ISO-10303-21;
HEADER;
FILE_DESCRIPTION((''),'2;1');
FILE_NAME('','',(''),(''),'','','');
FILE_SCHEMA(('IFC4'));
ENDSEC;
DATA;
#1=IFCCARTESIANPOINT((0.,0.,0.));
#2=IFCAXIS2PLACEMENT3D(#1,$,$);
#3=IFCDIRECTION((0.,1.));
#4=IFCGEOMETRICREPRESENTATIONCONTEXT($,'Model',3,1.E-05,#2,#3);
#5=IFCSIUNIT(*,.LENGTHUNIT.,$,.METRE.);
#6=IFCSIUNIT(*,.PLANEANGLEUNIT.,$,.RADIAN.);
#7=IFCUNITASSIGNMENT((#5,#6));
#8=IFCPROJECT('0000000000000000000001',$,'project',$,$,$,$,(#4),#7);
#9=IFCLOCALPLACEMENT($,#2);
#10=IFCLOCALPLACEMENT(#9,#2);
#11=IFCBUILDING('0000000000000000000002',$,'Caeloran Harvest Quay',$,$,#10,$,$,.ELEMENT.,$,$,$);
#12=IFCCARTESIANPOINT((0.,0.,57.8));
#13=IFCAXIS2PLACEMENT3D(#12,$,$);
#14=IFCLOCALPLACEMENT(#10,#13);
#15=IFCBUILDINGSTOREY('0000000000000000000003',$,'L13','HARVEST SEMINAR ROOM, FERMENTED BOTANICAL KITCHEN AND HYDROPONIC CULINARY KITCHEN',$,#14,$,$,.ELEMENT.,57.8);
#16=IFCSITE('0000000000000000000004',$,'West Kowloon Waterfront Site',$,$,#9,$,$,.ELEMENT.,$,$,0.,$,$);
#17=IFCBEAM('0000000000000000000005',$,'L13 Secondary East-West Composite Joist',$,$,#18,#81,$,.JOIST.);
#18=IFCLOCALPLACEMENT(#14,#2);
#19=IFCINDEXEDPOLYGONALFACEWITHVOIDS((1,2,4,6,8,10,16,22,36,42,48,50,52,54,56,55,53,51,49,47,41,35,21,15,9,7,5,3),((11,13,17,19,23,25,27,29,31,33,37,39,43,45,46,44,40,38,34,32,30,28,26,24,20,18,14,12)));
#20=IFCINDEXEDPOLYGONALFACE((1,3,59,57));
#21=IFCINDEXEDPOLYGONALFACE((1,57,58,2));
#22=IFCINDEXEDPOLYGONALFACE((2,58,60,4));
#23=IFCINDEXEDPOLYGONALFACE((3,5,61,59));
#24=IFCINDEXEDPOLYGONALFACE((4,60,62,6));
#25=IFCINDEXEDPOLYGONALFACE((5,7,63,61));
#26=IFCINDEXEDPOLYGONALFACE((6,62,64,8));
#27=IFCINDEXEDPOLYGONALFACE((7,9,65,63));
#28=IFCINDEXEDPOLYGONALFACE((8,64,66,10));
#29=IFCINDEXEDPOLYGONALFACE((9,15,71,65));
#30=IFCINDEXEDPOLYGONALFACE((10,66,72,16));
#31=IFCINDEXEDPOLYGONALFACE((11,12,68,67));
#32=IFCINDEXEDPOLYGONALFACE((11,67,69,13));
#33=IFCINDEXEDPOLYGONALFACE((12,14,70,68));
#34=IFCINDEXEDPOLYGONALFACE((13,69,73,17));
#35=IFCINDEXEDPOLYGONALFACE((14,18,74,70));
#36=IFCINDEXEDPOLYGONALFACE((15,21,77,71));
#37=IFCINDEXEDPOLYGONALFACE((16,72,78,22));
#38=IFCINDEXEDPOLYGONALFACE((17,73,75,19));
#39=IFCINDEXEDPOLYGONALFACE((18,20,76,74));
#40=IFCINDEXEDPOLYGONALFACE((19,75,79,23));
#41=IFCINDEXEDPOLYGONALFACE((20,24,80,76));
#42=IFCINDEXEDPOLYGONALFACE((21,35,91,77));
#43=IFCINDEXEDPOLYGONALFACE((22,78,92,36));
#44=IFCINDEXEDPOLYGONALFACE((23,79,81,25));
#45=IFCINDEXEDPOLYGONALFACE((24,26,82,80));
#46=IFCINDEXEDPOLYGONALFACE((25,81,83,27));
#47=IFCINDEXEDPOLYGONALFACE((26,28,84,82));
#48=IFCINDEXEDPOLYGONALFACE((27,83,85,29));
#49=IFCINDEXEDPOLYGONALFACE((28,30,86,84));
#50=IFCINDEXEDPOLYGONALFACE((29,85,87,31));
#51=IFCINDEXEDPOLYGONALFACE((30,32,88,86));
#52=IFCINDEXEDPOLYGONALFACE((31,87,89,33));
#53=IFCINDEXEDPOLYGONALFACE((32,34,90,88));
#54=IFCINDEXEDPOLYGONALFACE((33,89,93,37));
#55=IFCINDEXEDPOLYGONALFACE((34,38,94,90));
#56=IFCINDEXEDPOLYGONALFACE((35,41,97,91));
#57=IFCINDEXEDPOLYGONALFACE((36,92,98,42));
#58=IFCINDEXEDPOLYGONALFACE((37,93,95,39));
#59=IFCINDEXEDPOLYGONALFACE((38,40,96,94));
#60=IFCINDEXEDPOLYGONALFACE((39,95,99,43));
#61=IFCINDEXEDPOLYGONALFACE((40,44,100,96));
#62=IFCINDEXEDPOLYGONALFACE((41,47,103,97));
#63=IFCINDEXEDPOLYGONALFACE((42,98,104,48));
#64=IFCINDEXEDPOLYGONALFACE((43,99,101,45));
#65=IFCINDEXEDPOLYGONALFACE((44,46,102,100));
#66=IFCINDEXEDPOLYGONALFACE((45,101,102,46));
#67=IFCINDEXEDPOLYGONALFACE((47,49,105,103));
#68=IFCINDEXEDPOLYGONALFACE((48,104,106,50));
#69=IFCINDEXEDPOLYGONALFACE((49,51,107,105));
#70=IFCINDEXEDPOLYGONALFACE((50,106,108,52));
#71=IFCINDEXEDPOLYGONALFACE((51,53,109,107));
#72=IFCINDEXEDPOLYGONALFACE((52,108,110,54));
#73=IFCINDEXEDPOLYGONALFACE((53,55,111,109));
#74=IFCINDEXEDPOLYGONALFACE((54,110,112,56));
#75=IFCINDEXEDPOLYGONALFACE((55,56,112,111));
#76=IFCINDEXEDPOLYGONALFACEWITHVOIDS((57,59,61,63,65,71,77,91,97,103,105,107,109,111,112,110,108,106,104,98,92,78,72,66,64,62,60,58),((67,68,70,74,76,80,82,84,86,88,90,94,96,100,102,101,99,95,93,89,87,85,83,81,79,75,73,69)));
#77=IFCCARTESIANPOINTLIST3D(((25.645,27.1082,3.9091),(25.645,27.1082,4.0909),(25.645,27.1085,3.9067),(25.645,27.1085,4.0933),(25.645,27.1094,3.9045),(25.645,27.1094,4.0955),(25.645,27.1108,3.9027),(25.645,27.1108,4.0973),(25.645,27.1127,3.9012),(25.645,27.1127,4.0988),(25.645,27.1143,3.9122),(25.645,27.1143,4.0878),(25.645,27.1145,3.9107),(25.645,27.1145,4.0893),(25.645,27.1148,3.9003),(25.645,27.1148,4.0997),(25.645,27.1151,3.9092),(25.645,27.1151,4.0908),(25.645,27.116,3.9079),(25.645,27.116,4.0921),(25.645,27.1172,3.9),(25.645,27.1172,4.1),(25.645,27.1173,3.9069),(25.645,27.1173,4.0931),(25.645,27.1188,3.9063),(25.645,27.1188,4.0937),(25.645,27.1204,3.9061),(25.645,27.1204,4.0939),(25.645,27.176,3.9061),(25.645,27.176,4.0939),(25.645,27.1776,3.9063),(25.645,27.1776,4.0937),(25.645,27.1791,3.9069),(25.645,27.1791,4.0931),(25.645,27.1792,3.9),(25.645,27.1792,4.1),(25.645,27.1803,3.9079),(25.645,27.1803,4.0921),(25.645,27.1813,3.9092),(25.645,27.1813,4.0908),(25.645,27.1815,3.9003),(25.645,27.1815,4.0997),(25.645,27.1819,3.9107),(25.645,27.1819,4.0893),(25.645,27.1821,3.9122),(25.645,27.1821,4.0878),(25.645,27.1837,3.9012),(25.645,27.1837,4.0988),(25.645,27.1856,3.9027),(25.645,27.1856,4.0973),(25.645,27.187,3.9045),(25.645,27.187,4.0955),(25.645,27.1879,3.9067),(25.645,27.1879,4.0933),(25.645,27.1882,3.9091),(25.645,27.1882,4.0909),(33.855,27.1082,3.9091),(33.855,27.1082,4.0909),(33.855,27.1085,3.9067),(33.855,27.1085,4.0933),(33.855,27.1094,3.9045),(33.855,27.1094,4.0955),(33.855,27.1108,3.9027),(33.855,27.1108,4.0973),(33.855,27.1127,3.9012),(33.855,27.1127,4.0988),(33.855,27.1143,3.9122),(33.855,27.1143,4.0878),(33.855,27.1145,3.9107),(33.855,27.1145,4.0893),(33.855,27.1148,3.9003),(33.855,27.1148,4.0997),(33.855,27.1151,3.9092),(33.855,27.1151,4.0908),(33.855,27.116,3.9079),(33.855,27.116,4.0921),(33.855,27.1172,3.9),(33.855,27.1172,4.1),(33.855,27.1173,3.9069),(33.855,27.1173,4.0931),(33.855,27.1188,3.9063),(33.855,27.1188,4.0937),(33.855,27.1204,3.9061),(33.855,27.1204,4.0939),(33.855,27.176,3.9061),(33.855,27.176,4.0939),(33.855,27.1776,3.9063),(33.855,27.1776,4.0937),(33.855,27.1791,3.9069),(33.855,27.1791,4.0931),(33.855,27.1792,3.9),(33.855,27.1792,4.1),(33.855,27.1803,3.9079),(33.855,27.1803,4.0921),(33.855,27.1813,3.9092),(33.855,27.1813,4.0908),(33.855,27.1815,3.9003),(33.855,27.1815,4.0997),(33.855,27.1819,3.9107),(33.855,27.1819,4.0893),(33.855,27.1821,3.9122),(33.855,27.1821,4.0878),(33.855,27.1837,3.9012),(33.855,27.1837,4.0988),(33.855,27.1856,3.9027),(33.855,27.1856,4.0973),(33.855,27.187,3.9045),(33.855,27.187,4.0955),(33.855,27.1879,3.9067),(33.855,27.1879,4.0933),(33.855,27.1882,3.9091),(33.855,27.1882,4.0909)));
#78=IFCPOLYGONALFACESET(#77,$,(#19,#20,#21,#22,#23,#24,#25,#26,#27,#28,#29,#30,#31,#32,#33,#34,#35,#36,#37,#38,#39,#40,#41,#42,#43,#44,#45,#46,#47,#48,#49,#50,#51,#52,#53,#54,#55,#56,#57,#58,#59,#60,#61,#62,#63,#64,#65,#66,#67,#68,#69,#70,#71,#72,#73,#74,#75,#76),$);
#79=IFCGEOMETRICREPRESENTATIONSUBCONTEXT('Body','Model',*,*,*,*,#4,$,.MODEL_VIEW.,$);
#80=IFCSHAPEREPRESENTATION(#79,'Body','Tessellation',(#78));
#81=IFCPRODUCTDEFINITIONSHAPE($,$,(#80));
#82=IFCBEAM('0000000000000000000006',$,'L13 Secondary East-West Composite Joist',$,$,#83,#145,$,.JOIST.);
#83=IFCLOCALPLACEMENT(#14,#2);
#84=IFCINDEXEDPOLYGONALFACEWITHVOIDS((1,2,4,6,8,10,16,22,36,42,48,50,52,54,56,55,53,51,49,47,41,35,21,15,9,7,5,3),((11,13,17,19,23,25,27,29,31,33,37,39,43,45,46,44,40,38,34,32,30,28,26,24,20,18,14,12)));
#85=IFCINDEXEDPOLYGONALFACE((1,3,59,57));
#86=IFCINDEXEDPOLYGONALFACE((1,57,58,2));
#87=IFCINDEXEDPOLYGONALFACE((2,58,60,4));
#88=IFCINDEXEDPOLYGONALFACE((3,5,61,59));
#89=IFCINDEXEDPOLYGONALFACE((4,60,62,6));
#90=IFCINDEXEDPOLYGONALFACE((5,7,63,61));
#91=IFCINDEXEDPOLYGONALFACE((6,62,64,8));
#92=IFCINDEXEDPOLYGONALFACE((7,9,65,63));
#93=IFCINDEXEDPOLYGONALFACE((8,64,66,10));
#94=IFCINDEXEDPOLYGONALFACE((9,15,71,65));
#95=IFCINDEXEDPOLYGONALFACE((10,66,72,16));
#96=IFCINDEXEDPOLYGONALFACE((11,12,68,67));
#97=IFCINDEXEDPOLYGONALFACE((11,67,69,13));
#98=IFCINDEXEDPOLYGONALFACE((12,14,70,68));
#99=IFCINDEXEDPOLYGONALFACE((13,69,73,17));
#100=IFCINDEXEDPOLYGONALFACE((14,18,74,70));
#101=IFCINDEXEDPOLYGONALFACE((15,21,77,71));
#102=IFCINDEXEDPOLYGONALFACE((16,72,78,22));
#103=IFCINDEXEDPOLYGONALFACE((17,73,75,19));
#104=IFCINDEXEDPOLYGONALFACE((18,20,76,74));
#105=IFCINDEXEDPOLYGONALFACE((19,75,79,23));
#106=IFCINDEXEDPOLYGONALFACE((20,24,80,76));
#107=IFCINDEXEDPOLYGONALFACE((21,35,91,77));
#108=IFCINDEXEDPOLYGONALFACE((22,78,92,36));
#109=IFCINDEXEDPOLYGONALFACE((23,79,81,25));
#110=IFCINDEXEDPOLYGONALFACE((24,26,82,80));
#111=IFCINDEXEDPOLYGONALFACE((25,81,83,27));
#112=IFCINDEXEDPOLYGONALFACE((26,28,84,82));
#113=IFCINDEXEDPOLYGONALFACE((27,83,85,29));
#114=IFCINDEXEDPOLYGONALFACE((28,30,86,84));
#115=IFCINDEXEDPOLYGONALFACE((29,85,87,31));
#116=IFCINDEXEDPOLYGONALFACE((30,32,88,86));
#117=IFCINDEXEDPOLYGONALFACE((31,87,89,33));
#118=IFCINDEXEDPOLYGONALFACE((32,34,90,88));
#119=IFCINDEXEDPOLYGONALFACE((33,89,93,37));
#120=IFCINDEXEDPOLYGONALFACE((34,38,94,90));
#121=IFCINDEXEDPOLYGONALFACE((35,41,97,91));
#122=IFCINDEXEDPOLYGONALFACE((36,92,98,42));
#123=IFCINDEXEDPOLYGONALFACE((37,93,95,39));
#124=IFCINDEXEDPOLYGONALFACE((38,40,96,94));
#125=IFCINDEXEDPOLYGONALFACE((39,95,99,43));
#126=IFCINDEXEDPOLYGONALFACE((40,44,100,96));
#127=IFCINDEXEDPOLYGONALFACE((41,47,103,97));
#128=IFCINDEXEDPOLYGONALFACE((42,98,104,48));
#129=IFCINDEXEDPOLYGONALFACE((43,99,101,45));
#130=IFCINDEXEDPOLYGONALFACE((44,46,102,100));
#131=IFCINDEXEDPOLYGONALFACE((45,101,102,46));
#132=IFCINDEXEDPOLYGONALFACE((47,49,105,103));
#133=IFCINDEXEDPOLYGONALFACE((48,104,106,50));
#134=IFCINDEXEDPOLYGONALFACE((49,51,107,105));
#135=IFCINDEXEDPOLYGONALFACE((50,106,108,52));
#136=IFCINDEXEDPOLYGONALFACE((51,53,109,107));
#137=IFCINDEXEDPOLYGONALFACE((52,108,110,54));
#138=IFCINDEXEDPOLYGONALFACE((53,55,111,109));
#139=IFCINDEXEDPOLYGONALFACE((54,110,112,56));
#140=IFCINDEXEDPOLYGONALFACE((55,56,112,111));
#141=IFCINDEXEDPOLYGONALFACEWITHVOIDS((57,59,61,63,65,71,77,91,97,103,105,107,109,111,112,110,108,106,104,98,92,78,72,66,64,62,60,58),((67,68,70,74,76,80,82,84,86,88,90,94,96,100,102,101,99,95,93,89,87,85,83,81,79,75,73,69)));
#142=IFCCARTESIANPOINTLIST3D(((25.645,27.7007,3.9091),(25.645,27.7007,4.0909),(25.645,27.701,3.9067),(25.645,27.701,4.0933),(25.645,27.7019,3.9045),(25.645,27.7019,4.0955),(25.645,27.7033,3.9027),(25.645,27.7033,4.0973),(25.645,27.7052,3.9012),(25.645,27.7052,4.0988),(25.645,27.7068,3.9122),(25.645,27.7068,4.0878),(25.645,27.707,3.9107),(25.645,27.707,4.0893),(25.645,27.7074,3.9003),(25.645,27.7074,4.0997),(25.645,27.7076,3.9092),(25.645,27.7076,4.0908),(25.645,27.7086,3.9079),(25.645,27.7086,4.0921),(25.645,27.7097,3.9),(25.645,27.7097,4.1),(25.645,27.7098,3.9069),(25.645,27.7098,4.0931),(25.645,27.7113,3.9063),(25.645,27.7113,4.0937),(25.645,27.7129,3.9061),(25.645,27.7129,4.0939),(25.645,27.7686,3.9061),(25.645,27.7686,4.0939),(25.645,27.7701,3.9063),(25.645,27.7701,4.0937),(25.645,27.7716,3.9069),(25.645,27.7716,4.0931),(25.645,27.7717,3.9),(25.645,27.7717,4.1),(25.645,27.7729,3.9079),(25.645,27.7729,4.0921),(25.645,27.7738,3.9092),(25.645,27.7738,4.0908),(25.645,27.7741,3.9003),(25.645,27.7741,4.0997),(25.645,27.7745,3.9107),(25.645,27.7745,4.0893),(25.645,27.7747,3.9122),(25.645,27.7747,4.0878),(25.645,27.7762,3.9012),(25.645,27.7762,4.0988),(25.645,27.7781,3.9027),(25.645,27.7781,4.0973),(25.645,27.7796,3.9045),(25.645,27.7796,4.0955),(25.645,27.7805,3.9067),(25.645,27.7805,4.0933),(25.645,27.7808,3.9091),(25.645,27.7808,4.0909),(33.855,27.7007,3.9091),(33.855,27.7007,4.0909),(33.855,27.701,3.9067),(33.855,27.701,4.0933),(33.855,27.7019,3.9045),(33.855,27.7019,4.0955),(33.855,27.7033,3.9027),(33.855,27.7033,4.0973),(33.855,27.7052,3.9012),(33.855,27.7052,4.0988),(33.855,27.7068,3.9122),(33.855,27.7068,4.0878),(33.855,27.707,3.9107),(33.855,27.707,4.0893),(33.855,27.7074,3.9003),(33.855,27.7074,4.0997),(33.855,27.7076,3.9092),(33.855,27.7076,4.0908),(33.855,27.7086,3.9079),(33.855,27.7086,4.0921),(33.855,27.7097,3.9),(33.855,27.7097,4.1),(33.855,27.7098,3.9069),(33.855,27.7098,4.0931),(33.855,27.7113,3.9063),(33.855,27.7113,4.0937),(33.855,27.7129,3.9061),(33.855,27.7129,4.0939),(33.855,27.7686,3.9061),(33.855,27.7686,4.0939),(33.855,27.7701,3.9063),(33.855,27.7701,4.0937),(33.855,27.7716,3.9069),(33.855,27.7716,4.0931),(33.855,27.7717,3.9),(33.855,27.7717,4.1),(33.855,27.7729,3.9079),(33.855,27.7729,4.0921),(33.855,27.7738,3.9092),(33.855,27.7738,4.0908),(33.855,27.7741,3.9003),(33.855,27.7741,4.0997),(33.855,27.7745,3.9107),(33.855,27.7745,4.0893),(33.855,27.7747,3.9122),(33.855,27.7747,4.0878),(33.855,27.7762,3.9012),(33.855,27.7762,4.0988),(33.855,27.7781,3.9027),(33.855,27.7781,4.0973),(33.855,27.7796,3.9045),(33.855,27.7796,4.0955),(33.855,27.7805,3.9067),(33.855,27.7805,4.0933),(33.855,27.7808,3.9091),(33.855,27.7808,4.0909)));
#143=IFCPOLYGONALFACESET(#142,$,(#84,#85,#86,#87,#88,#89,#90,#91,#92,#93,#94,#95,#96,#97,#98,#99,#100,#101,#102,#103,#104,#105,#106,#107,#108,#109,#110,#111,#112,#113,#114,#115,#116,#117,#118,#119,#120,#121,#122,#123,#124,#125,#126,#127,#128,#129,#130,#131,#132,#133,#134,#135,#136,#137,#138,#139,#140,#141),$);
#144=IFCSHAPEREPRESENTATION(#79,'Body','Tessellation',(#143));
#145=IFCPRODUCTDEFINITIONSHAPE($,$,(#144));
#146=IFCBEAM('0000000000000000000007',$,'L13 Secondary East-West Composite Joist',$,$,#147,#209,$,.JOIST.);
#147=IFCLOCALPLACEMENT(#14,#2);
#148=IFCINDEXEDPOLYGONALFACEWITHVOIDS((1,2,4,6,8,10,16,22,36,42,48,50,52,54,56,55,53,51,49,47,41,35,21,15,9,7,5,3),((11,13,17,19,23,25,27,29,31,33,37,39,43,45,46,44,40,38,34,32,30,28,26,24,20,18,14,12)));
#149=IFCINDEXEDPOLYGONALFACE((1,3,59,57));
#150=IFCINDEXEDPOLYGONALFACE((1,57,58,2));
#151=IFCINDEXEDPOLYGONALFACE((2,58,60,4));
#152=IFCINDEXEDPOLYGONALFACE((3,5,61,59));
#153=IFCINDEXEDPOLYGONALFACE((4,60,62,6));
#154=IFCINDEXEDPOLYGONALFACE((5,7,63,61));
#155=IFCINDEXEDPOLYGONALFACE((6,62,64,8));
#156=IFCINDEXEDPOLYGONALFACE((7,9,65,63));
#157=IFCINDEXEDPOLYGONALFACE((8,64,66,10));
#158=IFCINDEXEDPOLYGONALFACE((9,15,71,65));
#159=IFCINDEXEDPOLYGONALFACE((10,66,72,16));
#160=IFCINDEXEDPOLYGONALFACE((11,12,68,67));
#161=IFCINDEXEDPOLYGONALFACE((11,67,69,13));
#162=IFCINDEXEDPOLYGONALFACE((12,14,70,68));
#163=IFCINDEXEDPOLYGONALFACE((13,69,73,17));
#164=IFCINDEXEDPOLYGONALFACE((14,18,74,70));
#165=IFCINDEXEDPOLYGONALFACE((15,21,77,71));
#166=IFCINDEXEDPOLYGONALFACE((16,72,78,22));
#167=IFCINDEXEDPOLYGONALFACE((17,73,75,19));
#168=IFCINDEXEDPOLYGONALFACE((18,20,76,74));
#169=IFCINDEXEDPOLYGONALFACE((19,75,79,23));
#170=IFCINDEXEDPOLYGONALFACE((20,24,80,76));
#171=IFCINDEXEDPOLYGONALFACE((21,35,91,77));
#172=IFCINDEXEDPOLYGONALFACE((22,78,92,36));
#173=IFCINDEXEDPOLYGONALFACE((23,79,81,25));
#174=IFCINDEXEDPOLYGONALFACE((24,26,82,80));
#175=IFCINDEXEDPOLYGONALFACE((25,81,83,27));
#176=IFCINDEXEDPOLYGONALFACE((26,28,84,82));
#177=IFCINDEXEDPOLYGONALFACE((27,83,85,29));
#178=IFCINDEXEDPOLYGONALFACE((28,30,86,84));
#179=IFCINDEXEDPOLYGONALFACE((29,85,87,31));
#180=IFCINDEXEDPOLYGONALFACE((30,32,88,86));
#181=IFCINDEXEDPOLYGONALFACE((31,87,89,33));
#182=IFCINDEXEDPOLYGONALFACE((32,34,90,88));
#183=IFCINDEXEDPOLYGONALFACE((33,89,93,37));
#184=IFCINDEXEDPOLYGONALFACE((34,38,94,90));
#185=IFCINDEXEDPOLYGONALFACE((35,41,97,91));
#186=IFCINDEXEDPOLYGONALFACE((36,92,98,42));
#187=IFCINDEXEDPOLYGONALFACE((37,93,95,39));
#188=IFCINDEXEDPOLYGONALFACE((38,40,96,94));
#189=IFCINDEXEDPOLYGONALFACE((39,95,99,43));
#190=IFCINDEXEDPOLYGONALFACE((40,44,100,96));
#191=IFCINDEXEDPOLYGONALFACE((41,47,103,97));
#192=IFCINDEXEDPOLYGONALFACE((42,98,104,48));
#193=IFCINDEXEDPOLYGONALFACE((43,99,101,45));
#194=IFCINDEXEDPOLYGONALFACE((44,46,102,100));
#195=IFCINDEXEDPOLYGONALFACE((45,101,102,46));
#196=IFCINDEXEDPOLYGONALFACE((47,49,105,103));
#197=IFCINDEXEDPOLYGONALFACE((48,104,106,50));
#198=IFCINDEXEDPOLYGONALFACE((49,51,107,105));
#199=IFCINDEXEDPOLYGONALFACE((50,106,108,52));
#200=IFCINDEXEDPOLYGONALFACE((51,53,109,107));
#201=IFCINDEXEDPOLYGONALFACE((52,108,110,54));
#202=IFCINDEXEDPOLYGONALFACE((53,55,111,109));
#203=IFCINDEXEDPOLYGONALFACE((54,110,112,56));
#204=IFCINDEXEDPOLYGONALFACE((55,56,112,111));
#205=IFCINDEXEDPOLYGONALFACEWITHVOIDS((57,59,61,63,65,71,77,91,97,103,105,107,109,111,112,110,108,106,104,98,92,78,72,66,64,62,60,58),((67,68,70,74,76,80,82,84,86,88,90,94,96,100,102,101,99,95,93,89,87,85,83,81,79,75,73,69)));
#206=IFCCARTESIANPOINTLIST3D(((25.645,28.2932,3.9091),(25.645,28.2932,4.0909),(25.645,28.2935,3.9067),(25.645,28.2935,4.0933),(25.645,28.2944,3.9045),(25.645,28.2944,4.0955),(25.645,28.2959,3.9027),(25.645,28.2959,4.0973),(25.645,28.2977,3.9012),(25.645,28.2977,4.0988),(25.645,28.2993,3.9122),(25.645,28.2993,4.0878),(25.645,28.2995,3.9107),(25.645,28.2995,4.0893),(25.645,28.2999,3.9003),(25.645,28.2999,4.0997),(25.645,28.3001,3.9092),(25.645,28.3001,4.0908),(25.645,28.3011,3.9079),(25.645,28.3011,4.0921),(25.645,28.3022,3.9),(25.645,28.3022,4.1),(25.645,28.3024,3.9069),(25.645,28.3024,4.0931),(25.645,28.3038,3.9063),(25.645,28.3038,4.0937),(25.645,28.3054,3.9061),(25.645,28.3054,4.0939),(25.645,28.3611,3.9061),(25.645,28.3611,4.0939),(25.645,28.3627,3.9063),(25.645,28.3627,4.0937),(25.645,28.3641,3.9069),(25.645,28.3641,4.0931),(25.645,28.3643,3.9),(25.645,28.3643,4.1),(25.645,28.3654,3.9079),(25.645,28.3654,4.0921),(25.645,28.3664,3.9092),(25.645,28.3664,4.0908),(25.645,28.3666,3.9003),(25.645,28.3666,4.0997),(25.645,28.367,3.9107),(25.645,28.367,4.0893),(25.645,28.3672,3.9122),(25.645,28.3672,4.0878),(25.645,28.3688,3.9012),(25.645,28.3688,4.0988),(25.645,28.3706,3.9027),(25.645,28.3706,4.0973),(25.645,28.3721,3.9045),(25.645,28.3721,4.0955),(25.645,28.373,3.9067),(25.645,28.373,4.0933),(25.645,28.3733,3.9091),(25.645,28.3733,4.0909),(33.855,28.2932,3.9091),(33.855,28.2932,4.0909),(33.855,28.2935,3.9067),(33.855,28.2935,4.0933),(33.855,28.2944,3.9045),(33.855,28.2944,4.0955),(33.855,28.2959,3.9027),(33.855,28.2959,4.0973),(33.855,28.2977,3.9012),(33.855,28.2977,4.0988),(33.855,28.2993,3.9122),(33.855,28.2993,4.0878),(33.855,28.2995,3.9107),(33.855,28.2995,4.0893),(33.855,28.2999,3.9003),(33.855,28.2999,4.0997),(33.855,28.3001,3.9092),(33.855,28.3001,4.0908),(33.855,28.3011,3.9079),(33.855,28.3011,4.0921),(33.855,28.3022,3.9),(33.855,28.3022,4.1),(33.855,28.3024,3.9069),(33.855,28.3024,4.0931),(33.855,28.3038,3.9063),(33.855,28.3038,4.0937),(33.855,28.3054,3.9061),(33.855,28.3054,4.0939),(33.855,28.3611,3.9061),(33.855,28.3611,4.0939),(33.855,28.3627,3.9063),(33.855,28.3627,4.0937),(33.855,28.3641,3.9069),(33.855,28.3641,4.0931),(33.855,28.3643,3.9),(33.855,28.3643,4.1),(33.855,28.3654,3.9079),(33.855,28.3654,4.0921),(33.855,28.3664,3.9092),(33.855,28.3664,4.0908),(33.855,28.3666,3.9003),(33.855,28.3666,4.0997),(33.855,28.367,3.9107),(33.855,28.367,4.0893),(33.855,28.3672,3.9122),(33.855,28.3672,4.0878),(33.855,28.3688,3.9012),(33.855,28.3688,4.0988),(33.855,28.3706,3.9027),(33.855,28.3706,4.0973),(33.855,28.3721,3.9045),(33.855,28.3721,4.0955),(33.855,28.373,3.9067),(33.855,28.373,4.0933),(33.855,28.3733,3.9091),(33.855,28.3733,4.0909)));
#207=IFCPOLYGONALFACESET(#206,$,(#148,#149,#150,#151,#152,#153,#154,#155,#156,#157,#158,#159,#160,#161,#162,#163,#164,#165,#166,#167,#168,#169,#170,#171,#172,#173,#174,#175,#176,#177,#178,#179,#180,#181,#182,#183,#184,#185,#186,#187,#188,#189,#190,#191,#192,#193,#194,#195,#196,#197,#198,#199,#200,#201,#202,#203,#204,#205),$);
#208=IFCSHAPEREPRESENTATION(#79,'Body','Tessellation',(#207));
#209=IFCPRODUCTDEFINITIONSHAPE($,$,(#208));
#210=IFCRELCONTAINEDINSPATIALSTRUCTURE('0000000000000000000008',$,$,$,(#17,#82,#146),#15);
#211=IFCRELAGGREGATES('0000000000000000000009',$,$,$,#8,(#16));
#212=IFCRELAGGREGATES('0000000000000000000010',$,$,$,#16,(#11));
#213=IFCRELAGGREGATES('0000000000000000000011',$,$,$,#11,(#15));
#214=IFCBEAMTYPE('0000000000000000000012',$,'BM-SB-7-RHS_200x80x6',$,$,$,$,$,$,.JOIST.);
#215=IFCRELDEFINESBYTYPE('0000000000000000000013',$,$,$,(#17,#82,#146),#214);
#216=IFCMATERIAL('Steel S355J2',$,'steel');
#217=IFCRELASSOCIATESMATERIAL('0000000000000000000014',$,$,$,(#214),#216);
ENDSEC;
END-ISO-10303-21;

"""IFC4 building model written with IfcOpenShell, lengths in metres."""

from ifc_helpers import new_model, si_unit, direction, frame, origin, origin_2d, place, context, subcontext, project, spatial, hollow_rectangle, extrude, material, material_profile, profile_set, type_object, element, save


model = new_model("IFC4")

# Units and contexts
model_context = context("Model", 3, precision=1e-05, world=origin(), true_north=direction((0.0, 1.0)))
body_context = subcontext(model_context, "Body", "Model", "MODEL_VIEW")
ifc_project = project(units=[si_unit("LENGTHUNIT", "METRE"), si_unit("PLANEANGLEUNIT", "RADIAN")], contexts=[model_context])

# Site, building, storey
site_placement = place(None, origin())
site = spatial("IfcSite", under=ifc_project, at=site_placement, Name="West Kowloon Waterfront Site", CompositionType="ELEMENT", RefElevation=0.0)
building_placement = place(site_placement, origin())
building = spatial("IfcBuilding", under=site, at=building_placement, Name="Caeloran Harvest Quay", CompositionType="ELEMENT")
storey_placement = place(building_placement, frame((0.0, 0.0, 57.8)))
storey = spatial("IfcBuildingStorey", under=building, at=storey_placement, Name="L13", Description="HARVEST SEMINAR ROOM, FERMENTED BOTANICAL KITCHEN AND HYDROPONIC CULINARY KITCHEN", CompositionType="ELEMENT", Elevation=57.8)

# Beams
ifc_material_1 = material(Name="Steel S355J2", Category="steel")
ifc_material_profile_1 = material_profile(ifc_material_1, hollow_rectangle(XDim=0.0801, YDim=0.2, WallThickness=0.0061, InnerFilletRadius=0.0061, OuterFilletRadius=0.009, at=origin_2d()), Name="RHS 200x80x6")
ifc_profile_set_1 = profile_set([ifc_material_profile_1], Name="Steel S355J2")
beam_type_1 = type_object("IfcBeamType", Name="BM-SB-7-RHS_200x80x6", PredefinedType="JOIST", material=ifc_profile_set_1)
for number, where, z_axis, x_axis, name in (
    (1, (25.645, 27.1482, 4.0), (1.0, 0.0, 0.0), (0.0, 1.0, 0.0), "L13 Secondary East-West Composite Joist"),
    (2, (25.645, 27.7407, 4.0), (1.0, 0.0, 0.0), (0.0, 1.0, 0.0), "L13 Secondary East-West Composite Joist"),
    (3, (25.645, 28.3333, 4.0), (1.0, 0.0, 0.0), (0.0, 1.0, 0.0), "L13 Secondary East-West Composite Joist"),
):
    element("IfcBeam", number, at=place(storey_placement, frame(where, z_axis=z_axis, x_axis=x_axis)), inside=storey, type_object=beam_type_1, Name=name, PredefinedType="JOIST", context=body_context, shape_type="SweptSolid", body=[
        extrude(hollow_rectangle(XDim=0.0801, YDim=0.2, WallThickness=0.0061, InnerFilletRadius=0.0061, OuterFilletRadius=0.009, at=origin_2d()), origin(), (0.0, 0.0, 1.0), 8.21),
    ])

save(model, "model.ifc")
